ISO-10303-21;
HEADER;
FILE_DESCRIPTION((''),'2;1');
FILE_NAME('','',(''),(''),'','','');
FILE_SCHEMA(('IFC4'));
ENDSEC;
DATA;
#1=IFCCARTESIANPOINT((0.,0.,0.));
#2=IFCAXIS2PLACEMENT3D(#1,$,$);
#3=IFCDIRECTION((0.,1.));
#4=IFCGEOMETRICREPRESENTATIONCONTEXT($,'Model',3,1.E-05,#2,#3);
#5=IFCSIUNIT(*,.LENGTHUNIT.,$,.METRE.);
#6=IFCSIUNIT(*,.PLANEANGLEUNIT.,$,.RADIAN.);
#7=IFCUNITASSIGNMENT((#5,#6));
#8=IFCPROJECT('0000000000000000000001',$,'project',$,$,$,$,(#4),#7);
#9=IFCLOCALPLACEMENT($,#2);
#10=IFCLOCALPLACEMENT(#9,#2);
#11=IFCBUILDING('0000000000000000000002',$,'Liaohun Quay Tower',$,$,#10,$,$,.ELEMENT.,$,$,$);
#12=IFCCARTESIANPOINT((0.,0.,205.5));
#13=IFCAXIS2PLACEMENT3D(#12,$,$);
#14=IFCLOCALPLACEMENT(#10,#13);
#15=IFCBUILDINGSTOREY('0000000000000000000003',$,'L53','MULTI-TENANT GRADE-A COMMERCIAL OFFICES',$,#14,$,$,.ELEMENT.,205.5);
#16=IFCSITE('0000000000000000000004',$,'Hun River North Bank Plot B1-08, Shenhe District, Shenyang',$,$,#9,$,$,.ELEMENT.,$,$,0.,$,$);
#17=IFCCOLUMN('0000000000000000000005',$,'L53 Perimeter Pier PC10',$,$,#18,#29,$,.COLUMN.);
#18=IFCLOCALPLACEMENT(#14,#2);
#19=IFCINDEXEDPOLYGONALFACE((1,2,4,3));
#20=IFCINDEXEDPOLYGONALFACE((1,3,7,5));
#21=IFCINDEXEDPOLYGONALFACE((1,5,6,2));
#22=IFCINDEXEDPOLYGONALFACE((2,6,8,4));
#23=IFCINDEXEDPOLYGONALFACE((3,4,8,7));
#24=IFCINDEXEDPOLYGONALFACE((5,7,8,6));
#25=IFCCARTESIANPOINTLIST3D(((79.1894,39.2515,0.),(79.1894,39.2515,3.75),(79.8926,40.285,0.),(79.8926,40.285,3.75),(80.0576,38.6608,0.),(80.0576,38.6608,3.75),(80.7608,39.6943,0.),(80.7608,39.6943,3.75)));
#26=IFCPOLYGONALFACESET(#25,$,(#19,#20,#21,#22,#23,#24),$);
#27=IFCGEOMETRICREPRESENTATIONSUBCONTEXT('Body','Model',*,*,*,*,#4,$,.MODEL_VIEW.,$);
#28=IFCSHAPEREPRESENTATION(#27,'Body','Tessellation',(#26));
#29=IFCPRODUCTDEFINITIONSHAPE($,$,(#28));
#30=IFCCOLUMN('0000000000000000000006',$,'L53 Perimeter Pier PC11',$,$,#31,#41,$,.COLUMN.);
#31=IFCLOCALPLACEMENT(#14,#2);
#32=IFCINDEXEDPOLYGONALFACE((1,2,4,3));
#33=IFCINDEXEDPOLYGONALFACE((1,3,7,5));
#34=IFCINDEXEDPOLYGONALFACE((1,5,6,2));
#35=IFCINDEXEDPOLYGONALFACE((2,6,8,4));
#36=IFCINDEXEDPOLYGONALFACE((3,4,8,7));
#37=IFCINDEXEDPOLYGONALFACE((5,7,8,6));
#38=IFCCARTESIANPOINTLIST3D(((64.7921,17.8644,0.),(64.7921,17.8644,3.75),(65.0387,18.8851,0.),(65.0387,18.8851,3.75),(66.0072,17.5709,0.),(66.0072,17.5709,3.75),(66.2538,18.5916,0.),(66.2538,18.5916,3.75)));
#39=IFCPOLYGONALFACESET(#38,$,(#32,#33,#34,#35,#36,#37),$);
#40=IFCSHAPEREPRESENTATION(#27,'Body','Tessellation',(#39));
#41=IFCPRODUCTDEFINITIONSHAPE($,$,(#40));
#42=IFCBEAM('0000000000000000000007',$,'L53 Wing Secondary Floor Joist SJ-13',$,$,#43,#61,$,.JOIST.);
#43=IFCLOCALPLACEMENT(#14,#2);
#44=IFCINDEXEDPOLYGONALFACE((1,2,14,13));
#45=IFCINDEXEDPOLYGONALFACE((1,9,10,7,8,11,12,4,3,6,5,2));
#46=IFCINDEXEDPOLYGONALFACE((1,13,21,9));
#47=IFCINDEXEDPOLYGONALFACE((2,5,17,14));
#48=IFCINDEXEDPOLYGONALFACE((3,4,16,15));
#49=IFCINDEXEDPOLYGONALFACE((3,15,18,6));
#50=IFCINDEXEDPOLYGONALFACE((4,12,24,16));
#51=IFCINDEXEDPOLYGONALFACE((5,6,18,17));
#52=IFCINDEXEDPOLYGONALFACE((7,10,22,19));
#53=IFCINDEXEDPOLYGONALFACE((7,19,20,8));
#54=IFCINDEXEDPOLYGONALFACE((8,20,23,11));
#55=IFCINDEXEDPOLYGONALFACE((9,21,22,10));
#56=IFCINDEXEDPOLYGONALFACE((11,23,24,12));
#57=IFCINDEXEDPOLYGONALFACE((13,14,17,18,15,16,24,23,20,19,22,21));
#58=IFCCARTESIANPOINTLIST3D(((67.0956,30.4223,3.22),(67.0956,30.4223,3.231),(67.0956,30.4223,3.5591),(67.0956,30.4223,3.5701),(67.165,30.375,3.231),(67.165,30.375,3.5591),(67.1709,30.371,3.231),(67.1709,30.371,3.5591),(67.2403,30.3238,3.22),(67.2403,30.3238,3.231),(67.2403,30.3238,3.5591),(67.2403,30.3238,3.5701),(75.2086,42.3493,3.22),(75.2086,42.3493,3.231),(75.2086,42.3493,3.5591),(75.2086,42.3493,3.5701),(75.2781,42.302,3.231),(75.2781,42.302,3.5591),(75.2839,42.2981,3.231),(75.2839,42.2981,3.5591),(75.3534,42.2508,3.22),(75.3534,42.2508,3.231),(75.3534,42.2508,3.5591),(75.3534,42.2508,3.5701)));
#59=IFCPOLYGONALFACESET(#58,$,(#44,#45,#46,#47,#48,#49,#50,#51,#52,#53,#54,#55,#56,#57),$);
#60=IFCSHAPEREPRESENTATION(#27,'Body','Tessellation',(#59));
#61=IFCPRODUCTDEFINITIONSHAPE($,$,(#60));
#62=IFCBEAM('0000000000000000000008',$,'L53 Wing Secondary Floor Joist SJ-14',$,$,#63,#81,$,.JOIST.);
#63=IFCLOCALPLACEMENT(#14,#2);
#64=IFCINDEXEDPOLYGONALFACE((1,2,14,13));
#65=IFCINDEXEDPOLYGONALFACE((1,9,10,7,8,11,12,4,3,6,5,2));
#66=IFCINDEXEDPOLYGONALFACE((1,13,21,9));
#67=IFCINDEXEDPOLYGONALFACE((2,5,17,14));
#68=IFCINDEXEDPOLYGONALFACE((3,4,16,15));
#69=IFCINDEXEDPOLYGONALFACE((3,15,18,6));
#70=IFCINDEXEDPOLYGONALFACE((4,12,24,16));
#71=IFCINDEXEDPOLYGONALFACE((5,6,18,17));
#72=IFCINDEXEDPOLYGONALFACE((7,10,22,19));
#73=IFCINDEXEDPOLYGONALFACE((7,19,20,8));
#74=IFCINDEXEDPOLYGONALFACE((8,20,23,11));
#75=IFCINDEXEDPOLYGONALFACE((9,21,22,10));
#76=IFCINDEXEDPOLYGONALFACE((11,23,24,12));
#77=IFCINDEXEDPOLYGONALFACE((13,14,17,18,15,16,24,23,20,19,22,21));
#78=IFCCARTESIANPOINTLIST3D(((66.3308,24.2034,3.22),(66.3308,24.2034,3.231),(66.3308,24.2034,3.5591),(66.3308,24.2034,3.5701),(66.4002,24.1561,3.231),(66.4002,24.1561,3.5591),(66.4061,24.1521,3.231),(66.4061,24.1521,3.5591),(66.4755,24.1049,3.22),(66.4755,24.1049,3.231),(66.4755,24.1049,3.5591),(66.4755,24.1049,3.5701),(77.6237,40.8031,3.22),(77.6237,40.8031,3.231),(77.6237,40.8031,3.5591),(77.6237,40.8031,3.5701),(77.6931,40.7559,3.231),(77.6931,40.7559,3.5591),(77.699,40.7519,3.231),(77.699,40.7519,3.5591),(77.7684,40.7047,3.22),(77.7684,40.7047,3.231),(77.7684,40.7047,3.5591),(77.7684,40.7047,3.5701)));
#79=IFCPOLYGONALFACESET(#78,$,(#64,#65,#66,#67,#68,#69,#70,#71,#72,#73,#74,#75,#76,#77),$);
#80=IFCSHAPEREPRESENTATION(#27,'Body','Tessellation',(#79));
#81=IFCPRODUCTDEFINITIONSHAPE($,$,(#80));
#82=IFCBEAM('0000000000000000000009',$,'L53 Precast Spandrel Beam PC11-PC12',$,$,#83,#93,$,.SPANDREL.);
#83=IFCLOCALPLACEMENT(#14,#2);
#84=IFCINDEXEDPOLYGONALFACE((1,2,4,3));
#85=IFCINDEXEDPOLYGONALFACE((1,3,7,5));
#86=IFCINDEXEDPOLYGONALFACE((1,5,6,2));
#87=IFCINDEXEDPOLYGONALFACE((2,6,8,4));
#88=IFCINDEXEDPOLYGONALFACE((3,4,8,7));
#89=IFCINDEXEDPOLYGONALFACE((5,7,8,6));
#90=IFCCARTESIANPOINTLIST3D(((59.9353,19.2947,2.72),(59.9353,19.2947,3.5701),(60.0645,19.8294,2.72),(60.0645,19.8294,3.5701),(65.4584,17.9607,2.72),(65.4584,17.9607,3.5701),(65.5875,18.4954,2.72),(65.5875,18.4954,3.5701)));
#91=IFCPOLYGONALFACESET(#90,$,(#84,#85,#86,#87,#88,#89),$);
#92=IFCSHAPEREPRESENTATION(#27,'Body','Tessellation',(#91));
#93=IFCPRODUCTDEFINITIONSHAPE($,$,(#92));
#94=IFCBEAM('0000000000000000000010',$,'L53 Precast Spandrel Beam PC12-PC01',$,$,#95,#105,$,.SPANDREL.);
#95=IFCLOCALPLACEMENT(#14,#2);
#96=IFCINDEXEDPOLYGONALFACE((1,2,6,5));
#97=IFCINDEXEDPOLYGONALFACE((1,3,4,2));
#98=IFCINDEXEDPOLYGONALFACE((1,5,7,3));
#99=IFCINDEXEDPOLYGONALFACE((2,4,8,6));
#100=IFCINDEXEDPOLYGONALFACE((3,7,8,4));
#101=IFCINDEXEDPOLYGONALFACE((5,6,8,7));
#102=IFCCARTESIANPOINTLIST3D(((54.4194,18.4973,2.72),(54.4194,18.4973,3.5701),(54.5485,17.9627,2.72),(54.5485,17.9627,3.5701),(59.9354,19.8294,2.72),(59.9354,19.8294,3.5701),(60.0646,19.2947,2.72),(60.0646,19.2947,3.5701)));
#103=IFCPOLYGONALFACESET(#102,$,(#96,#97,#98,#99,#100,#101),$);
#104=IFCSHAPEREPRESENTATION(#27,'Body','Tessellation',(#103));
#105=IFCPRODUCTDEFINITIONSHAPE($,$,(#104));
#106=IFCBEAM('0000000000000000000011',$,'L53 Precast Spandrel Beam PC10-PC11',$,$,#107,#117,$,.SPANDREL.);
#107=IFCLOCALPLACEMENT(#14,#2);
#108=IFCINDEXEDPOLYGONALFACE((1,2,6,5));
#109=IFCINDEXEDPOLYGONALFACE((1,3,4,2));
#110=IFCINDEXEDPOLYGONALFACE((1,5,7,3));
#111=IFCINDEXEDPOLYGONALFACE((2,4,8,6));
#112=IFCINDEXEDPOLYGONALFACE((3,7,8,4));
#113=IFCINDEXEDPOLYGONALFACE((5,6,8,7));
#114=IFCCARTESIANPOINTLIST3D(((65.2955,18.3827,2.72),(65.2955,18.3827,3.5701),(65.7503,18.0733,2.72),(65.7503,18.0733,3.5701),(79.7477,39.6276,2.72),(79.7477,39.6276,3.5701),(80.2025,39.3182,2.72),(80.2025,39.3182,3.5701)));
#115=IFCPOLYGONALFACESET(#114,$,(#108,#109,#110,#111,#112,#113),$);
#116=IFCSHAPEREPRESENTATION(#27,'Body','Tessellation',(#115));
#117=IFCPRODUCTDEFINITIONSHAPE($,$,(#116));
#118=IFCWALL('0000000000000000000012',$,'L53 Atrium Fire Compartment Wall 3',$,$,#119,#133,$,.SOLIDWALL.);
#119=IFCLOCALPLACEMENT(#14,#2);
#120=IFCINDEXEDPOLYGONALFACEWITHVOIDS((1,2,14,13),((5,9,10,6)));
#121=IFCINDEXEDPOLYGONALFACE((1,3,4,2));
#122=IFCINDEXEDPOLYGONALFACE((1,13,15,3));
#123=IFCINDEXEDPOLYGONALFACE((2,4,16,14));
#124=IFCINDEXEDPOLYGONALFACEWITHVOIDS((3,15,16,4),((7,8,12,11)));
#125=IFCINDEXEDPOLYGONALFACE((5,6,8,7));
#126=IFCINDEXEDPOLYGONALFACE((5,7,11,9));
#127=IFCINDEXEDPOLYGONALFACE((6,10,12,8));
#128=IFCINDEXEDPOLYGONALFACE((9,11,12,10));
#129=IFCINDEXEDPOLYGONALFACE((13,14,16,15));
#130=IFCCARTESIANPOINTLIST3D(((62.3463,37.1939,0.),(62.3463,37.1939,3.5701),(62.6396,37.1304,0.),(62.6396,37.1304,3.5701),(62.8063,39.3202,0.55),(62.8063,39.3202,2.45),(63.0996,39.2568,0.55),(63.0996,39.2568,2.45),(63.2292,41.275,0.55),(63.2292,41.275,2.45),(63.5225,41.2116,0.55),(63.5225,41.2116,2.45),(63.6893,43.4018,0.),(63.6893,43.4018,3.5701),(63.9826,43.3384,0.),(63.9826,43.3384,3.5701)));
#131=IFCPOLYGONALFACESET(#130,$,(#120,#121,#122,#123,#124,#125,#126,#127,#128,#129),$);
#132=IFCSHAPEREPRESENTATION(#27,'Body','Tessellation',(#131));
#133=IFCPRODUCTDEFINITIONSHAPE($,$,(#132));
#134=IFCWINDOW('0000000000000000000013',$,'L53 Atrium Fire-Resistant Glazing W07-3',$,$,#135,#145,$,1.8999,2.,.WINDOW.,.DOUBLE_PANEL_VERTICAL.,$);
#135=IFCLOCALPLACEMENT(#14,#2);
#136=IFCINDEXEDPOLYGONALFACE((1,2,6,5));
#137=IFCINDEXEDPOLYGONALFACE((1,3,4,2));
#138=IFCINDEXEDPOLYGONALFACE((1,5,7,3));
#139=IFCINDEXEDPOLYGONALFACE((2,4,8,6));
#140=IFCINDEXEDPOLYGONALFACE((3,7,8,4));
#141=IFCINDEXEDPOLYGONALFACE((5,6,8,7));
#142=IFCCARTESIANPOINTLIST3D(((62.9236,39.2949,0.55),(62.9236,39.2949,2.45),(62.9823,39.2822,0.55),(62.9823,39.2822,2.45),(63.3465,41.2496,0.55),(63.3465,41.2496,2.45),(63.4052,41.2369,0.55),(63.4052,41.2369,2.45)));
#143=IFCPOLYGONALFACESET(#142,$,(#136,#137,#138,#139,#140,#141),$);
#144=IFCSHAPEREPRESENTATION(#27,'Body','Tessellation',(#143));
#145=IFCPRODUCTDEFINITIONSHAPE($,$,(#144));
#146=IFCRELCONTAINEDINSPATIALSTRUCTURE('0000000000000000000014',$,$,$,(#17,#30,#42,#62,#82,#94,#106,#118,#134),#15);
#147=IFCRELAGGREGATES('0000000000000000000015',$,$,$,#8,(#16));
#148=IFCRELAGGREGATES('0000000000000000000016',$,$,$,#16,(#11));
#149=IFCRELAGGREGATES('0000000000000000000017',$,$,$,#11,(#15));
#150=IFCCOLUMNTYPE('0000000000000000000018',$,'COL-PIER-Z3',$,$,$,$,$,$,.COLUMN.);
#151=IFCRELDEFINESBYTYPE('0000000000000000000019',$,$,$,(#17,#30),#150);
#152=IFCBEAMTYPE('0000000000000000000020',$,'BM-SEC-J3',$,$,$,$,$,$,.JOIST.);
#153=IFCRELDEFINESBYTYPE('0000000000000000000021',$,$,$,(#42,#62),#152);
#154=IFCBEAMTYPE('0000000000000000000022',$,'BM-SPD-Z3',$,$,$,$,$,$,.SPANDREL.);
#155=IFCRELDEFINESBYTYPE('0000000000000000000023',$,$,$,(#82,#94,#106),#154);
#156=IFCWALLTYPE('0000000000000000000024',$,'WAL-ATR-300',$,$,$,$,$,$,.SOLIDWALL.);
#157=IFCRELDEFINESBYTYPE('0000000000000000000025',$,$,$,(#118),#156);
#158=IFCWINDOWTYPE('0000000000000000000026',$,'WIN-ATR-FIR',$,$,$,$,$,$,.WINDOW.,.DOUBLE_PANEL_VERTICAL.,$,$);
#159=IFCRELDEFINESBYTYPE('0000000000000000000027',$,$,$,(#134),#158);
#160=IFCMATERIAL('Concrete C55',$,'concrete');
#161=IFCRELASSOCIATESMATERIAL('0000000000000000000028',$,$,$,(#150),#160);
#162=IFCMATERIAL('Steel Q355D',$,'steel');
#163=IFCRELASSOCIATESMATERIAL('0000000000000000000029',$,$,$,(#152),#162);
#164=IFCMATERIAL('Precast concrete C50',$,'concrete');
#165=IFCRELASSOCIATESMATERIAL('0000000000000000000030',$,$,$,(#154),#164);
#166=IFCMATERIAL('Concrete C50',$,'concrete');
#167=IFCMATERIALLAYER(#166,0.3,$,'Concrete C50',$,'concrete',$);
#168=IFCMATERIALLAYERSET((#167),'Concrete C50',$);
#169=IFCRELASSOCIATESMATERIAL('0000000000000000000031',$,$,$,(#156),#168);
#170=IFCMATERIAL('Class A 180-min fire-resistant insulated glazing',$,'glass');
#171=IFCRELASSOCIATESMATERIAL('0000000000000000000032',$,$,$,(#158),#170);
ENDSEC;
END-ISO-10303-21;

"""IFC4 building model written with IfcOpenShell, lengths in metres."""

from ifc_helpers import new_model, si_unit, direction, frame, frame_2d, origin, origin_2d, place, context, subcontext, project, spatial, rectangle, i_section, extrude, source, transform, mapped, material, layer, layer_set, material_profile, profile_set, type_object, element, fill, save


model = new_model("IFC4")

# Units and contexts
model_context = context("Model", 3, precision=1e-05, world=origin(), true_north=direction((0.0, 1.0)))
body_context = subcontext(model_context, "Body", "Model", "MODEL_VIEW")
ifc_project = project(units=[si_unit("LENGTHUNIT", "METRE"), si_unit("PLANEANGLEUNIT", "RADIAN")], contexts=[model_context])

# Site, building, storey
site_placement = place(None, origin())
site = spatial("IfcSite", under=ifc_project, at=site_placement, Name="Hun River North Bank Plot B1-08, Shenhe District, Shenyang", CompositionType="ELEMENT", RefElevation=0.0)
building_placement = place(site_placement, origin())
building = spatial("IfcBuilding", under=site, at=building_placement, Name="Liaohun Quay Tower", CompositionType="ELEMENT")
storey_placement = place(building_placement, frame((0.0, 0.0, 205.5)))
storey = spatial("IfcBuildingStorey", under=building, at=storey_placement, Name="L53", Description="MULTI-TENANT GRADE-A COMMERCIAL OFFICES", CompositionType="ELEMENT", Elevation=205.5)

# Columns
ifc_material_1 = material(Name="Concrete C55", Category="concrete")
ifc_material_profile_1 = material_profile(ifc_material_1, rectangle(XDim=1.25, YDim=1.05, at=origin_2d()), Name="RC1250x1050")
ifc_profile_set_1 = profile_set([ifc_material_profile_1], Name="Concrete C55")
column_type = type_object("IfcColumnType", Name="COL-PIER-Z3", PredefinedType="COLUMN", material=ifc_profile_set_1)
shared_shape_1 = source(origin(), body_context, "Body", "SweptSolid", [
    extrude(rectangle(XDim=1.25, YDim=1.05, at=origin_2d()), origin(), (0.0, 0.0, 1.0), 3.75),
])
for number, where, z_axis, x_axis, name in (
    (1, (79.9751, 39.4729, 0.0), (0.0, 0.0, 1.0), (0.562516, 0.826786, 0.0), "L53 Perimeter Pier PC10"),
    (2, (65.5229, 18.228, 0.0), (0.0, 0.0, 1.0), (-0.972043, 0.234803, 0.0), "L53 Perimeter Pier PC11"),
):
    element("IfcColumn", number, at=place(storey_placement, frame(where, z_axis=z_axis, x_axis=x_axis)), inside=storey, type_object=column_type, Name=name, PredefinedType="COLUMN", context=body_context, shape_type="MappedRepresentation", body=[
        mapped(shared_shape_1, transform((0.0, 0.0, 0.0), x_axis=(1.0, 0.0, 0.0), y_axis=(0.0, 1.0, 0.0), z_axis=(0.0, 0.0, 1.0), scale=1.0)),
    ])

# Beams
ifc_material_2 = material(Name="Steel Q355D", Category="steel")
ifc_material_profile_2 = material_profile(ifc_material_2, i_section(OverallWidth=0.175, OverallDepth=0.3501, WebThickness=0.0071, FlangeThickness=0.011, at=origin_2d()), Name="HN350x175x7x11")
ifc_profile_set_2 = profile_set([ifc_material_profile_2], Name="Steel Q355D")
beam_type_1 = type_object("IfcBeamType", Name="BM-SEC-J3", PredefinedType="JOIST", material=ifc_profile_set_2)
shared_shape_2 = source(origin(), body_context, "Body", "SweptSolid", [
    extrude(i_section(OverallWidth=0.175, OverallDepth=0.3501, WebThickness=0.0071, FlangeThickness=0.011, at=origin_2d()), origin(), (0.0, 0.0, 1.0), 14.4248),
])
beam_1_placement = place(storey_placement, frame((75.281, 42.3, 3.395), z_axis=(-0.562437, -0.82684, 0.0), x_axis=(0.82684, -0.562437, 0.0)))
element("IfcBeam", 3, at=beam_1_placement, inside=storey, type_object=beam_type_1, Name="L53 Wing Secondary Floor Joist SJ-13", PredefinedType="JOIST", context=body_context, shape_type="MappedRepresentation", body=[
    mapped(shared_shape_2, transform((0.0, 0.0, 0.0), x_axis=(1.0, 0.0, 0.0), y_axis=(0.0, 1.0, 0.0), z_axis=(0.0, 0.0, 1.0), scale=1.0)),
])
shared_shape_3 = source(origin(), body_context, "Body", "SweptSolid", [
    extrude(i_section(OverallWidth=0.175, OverallDepth=0.3501, WebThickness=0.0071, FlangeThickness=0.011, at=origin_2d()), origin(), (0.0, 0.0, 1.0), 20.0769),
])
beam_2_placement = place(storey_placement, frame((77.696, 40.7539, 3.395), z_axis=(-0.562483, -0.826809, 0.0), x_axis=(0.826809, -0.562483, 0.0)))
element("IfcBeam", 4, at=beam_2_placement, inside=storey, type_object=beam_type_1, Name="L53 Wing Secondary Floor Joist SJ-14", PredefinedType="JOIST", context=body_context, shape_type="MappedRepresentation", body=[
    mapped(shared_shape_3, transform((0.0, 0.0, 0.0), x_axis=(1.0, 0.0, 0.0), y_axis=(0.0, 1.0, 0.0), z_axis=(0.0, 0.0, 1.0), scale=1.0)),
])
ifc_material_3 = material(Name="Precast concrete C50", Category="concrete")
ifc_material_profile_3 = material_profile(ifc_material_3, rectangle(XDim=0.55, YDim=0.8501, at=origin_2d()), Name="RC550x850")
ifc_profile_set_3 = profile_set([ifc_material_profile_3], Name="Precast concrete C50")
beam_type_2 = type_object("IfcBeamType", Name="BM-SPD-Z3", PredefinedType="SPANDREL", material=ifc_profile_set_3)
shared_shape_4 = source(origin(), body_context, "Body", "SweptSolid", [
    extrude(rectangle(XDim=0.55, YDim=0.8501, at=origin_2d()), origin(), (0.0, 0.0, 1.0), 5.6819),
])
beam_3_placement = place(storey_placement, frame((65.5229, 18.228, 3.145), z_axis=(-0.972048, 0.234783, 0.0), x_axis=(-0.234783, -0.972048, 0.0)))
element("IfcBeam", 5, at=beam_3_placement, inside=storey, type_object=beam_type_2, Name="L53 Precast Spandrel Beam PC11-PC12", PredefinedType="SPANDREL", context=body_context, shape_type="MappedRepresentation", body=[
    mapped(shared_shape_4, transform((0.0, 0.0, 0.0), x_axis=(1.0, 0.0, 0.0), y_axis=(0.0, 1.0, 0.0), z_axis=(0.0, 0.0, 1.0), scale=1.0)),
])
shared_shape_5 = source(origin(), body_context, "Body", "SweptSolid", [
    extrude(rectangle(XDim=0.55, YDim=0.8501, at=origin_2d()), origin(), (0.0, 0.0, 1.0), 5.6746),
])
beam_4_placement = place(storey_placement, frame((60.0, 19.562, 3.145), z_axis=(-0.97206, -0.234733, 0.0), x_axis=(0.234733, -0.97206, 0.0)))
element("IfcBeam", 6, at=beam_4_placement, inside=storey, type_object=beam_type_2, Name="L53 Precast Spandrel Beam PC12-PC01", PredefinedType="SPANDREL", context=body_context, shape_type="MappedRepresentation", body=[
    mapped(shared_shape_5, transform((0.0, 0.0, 0.0), x_axis=(1.0, 0.0, 0.0), y_axis=(0.0, 1.0, 0.0), z_axis=(0.0, 0.0, 1.0), scale=1.0)),
])
shared_shape_6 = source(origin(), body_context, "Body", "SweptSolid", [
    extrude(rectangle(XDim=0.55, YDim=0.8501, at=origin_2d()), origin(), (0.0, 0.0, 1.0), 25.6946),
])
beam_5_placement = place(storey_placement, frame((79.9751, 39.4729, 3.145), z_axis=(-0.56246, -0.826825, 0.0), x_axis=(0.826825, -0.56246, 0.0)))
element("IfcBeam", 7, at=beam_5_placement, inside=storey, type_object=beam_type_2, Name="L53 Precast Spandrel Beam PC10-PC11", PredefinedType="SPANDREL", context=body_context, shape_type="MappedRepresentation", body=[
    mapped(shared_shape_6, transform((0.0, 0.0, 0.0), x_axis=(1.0, 0.0, 0.0), y_axis=(0.0, 1.0, 0.0), z_axis=(0.0, 0.0, 1.0), scale=1.0)),
])

# Wall, opening, window
ifc_material_4 = material(Name="Concrete C50", Category="concrete")
ifc_layer_1 = layer(ifc_material_4, 0.3, Name="Concrete C50", Category="concrete")
ifc_layer_set_1 = layer_set([ifc_layer_1], Name="Concrete C50")
wall_type_1 = type_object("IfcWallType", Name="WAL-ATR-300", PredefinedType="SOLIDWALL", material=ifc_layer_set_1)
wall_1_placement = place(storey_placement, frame((63.8359, 43.3701, 0.0), z_axis=(0.0, 0.0, 1.0), x_axis=(-0.211445, -0.97739, 0.0)))
wall_1 = element("IfcWall", 8, at=wall_1_placement, inside=storey, type_object=wall_type_1, Name="L53 Atrium Fire Compartment Wall 3", PredefinedType="SOLIDWALL", context=body_context, shape_type="SweptSolid", body=[
    extrude(rectangle(XDim=6.3516, YDim=0.3, at=frame_2d((3.1758, 0.0))), origin(), (0.0, 0.0, 1.0), 3.5701),
])
shared_shape_7 = source(origin(), body_context, "Body", "SweptSolid", [
    extrude(rectangle(XDim=2.0, YDim=1.8999, at=frame_2d((1.0, 0.95))), frame((0.0, 0.1599, 0.0), z_axis=(0.0, -1.0, 0.0), x_axis=(1.0, 0.0, 0.0)), (0.0, 0.0, 1.0), 0.3201),
])
opening_1_placement = place(wall_1_placement, frame((2.176, 0.0, 0.55)))
opening_1 = element("IfcOpeningElement", 9, at=opening_1_placement, cuts=wall_1, PredefinedType="OPENING", context=body_context, shape_type="MappedRepresentation", body=[
    mapped(shared_shape_7, transform((0.0, 0.0, 0.0), x_axis=(1.0, 0.0, 0.0), y_axis=(0.0, 1.0, 0.0), z_axis=(0.0, 0.0, 1.0), scale=1.0)),
])
ifc_material_5 = material(Name="Class A 180-min fire-resistant insulated glazing", Category="glass")
window_type_1 = type_object("IfcWindowType", Name="WIN-ATR-FIR", PartitioningType="DOUBLE_PANEL_VERTICAL", PredefinedType="WINDOW", material=ifc_material_5)
shared_shape_8 = source(origin(), body_context, "Body", "SweptSolid", [
    extrude(rectangle(XDim=2.0, YDim=1.8999, at=frame_2d((1.0, 0.95))), frame((0.0, 0.03, 0.0), z_axis=(0.0, -1.0, 0.0), x_axis=(1.0, 0.0, 0.0)), (0.0, 0.0, 1.0), 0.0601),
])
window_1_placement = place(opening_1_placement, origin())
window_1 = element("IfcWindow", 10, at=window_1_placement, inside=storey, type_object=window_type_1, Name="L53 Atrium Fire-Resistant Glazing W07-3", OverallHeight=1.8999, OverallWidth=2.0, PartitioningType="DOUBLE_PANEL_VERTICAL", PredefinedType="WINDOW", context=body_context, shape_type="MappedRepresentation", body=[
    mapped(shared_shape_8, transform((0.0, 0.0, 0.0), x_axis=(1.0, 0.0, 0.0), y_axis=(0.0, 1.0, 0.0), z_axis=(0.0, 0.0, 1.0), scale=1.0)),
])
fill(opening_1, window_1)

save(model, "model.ifc")
